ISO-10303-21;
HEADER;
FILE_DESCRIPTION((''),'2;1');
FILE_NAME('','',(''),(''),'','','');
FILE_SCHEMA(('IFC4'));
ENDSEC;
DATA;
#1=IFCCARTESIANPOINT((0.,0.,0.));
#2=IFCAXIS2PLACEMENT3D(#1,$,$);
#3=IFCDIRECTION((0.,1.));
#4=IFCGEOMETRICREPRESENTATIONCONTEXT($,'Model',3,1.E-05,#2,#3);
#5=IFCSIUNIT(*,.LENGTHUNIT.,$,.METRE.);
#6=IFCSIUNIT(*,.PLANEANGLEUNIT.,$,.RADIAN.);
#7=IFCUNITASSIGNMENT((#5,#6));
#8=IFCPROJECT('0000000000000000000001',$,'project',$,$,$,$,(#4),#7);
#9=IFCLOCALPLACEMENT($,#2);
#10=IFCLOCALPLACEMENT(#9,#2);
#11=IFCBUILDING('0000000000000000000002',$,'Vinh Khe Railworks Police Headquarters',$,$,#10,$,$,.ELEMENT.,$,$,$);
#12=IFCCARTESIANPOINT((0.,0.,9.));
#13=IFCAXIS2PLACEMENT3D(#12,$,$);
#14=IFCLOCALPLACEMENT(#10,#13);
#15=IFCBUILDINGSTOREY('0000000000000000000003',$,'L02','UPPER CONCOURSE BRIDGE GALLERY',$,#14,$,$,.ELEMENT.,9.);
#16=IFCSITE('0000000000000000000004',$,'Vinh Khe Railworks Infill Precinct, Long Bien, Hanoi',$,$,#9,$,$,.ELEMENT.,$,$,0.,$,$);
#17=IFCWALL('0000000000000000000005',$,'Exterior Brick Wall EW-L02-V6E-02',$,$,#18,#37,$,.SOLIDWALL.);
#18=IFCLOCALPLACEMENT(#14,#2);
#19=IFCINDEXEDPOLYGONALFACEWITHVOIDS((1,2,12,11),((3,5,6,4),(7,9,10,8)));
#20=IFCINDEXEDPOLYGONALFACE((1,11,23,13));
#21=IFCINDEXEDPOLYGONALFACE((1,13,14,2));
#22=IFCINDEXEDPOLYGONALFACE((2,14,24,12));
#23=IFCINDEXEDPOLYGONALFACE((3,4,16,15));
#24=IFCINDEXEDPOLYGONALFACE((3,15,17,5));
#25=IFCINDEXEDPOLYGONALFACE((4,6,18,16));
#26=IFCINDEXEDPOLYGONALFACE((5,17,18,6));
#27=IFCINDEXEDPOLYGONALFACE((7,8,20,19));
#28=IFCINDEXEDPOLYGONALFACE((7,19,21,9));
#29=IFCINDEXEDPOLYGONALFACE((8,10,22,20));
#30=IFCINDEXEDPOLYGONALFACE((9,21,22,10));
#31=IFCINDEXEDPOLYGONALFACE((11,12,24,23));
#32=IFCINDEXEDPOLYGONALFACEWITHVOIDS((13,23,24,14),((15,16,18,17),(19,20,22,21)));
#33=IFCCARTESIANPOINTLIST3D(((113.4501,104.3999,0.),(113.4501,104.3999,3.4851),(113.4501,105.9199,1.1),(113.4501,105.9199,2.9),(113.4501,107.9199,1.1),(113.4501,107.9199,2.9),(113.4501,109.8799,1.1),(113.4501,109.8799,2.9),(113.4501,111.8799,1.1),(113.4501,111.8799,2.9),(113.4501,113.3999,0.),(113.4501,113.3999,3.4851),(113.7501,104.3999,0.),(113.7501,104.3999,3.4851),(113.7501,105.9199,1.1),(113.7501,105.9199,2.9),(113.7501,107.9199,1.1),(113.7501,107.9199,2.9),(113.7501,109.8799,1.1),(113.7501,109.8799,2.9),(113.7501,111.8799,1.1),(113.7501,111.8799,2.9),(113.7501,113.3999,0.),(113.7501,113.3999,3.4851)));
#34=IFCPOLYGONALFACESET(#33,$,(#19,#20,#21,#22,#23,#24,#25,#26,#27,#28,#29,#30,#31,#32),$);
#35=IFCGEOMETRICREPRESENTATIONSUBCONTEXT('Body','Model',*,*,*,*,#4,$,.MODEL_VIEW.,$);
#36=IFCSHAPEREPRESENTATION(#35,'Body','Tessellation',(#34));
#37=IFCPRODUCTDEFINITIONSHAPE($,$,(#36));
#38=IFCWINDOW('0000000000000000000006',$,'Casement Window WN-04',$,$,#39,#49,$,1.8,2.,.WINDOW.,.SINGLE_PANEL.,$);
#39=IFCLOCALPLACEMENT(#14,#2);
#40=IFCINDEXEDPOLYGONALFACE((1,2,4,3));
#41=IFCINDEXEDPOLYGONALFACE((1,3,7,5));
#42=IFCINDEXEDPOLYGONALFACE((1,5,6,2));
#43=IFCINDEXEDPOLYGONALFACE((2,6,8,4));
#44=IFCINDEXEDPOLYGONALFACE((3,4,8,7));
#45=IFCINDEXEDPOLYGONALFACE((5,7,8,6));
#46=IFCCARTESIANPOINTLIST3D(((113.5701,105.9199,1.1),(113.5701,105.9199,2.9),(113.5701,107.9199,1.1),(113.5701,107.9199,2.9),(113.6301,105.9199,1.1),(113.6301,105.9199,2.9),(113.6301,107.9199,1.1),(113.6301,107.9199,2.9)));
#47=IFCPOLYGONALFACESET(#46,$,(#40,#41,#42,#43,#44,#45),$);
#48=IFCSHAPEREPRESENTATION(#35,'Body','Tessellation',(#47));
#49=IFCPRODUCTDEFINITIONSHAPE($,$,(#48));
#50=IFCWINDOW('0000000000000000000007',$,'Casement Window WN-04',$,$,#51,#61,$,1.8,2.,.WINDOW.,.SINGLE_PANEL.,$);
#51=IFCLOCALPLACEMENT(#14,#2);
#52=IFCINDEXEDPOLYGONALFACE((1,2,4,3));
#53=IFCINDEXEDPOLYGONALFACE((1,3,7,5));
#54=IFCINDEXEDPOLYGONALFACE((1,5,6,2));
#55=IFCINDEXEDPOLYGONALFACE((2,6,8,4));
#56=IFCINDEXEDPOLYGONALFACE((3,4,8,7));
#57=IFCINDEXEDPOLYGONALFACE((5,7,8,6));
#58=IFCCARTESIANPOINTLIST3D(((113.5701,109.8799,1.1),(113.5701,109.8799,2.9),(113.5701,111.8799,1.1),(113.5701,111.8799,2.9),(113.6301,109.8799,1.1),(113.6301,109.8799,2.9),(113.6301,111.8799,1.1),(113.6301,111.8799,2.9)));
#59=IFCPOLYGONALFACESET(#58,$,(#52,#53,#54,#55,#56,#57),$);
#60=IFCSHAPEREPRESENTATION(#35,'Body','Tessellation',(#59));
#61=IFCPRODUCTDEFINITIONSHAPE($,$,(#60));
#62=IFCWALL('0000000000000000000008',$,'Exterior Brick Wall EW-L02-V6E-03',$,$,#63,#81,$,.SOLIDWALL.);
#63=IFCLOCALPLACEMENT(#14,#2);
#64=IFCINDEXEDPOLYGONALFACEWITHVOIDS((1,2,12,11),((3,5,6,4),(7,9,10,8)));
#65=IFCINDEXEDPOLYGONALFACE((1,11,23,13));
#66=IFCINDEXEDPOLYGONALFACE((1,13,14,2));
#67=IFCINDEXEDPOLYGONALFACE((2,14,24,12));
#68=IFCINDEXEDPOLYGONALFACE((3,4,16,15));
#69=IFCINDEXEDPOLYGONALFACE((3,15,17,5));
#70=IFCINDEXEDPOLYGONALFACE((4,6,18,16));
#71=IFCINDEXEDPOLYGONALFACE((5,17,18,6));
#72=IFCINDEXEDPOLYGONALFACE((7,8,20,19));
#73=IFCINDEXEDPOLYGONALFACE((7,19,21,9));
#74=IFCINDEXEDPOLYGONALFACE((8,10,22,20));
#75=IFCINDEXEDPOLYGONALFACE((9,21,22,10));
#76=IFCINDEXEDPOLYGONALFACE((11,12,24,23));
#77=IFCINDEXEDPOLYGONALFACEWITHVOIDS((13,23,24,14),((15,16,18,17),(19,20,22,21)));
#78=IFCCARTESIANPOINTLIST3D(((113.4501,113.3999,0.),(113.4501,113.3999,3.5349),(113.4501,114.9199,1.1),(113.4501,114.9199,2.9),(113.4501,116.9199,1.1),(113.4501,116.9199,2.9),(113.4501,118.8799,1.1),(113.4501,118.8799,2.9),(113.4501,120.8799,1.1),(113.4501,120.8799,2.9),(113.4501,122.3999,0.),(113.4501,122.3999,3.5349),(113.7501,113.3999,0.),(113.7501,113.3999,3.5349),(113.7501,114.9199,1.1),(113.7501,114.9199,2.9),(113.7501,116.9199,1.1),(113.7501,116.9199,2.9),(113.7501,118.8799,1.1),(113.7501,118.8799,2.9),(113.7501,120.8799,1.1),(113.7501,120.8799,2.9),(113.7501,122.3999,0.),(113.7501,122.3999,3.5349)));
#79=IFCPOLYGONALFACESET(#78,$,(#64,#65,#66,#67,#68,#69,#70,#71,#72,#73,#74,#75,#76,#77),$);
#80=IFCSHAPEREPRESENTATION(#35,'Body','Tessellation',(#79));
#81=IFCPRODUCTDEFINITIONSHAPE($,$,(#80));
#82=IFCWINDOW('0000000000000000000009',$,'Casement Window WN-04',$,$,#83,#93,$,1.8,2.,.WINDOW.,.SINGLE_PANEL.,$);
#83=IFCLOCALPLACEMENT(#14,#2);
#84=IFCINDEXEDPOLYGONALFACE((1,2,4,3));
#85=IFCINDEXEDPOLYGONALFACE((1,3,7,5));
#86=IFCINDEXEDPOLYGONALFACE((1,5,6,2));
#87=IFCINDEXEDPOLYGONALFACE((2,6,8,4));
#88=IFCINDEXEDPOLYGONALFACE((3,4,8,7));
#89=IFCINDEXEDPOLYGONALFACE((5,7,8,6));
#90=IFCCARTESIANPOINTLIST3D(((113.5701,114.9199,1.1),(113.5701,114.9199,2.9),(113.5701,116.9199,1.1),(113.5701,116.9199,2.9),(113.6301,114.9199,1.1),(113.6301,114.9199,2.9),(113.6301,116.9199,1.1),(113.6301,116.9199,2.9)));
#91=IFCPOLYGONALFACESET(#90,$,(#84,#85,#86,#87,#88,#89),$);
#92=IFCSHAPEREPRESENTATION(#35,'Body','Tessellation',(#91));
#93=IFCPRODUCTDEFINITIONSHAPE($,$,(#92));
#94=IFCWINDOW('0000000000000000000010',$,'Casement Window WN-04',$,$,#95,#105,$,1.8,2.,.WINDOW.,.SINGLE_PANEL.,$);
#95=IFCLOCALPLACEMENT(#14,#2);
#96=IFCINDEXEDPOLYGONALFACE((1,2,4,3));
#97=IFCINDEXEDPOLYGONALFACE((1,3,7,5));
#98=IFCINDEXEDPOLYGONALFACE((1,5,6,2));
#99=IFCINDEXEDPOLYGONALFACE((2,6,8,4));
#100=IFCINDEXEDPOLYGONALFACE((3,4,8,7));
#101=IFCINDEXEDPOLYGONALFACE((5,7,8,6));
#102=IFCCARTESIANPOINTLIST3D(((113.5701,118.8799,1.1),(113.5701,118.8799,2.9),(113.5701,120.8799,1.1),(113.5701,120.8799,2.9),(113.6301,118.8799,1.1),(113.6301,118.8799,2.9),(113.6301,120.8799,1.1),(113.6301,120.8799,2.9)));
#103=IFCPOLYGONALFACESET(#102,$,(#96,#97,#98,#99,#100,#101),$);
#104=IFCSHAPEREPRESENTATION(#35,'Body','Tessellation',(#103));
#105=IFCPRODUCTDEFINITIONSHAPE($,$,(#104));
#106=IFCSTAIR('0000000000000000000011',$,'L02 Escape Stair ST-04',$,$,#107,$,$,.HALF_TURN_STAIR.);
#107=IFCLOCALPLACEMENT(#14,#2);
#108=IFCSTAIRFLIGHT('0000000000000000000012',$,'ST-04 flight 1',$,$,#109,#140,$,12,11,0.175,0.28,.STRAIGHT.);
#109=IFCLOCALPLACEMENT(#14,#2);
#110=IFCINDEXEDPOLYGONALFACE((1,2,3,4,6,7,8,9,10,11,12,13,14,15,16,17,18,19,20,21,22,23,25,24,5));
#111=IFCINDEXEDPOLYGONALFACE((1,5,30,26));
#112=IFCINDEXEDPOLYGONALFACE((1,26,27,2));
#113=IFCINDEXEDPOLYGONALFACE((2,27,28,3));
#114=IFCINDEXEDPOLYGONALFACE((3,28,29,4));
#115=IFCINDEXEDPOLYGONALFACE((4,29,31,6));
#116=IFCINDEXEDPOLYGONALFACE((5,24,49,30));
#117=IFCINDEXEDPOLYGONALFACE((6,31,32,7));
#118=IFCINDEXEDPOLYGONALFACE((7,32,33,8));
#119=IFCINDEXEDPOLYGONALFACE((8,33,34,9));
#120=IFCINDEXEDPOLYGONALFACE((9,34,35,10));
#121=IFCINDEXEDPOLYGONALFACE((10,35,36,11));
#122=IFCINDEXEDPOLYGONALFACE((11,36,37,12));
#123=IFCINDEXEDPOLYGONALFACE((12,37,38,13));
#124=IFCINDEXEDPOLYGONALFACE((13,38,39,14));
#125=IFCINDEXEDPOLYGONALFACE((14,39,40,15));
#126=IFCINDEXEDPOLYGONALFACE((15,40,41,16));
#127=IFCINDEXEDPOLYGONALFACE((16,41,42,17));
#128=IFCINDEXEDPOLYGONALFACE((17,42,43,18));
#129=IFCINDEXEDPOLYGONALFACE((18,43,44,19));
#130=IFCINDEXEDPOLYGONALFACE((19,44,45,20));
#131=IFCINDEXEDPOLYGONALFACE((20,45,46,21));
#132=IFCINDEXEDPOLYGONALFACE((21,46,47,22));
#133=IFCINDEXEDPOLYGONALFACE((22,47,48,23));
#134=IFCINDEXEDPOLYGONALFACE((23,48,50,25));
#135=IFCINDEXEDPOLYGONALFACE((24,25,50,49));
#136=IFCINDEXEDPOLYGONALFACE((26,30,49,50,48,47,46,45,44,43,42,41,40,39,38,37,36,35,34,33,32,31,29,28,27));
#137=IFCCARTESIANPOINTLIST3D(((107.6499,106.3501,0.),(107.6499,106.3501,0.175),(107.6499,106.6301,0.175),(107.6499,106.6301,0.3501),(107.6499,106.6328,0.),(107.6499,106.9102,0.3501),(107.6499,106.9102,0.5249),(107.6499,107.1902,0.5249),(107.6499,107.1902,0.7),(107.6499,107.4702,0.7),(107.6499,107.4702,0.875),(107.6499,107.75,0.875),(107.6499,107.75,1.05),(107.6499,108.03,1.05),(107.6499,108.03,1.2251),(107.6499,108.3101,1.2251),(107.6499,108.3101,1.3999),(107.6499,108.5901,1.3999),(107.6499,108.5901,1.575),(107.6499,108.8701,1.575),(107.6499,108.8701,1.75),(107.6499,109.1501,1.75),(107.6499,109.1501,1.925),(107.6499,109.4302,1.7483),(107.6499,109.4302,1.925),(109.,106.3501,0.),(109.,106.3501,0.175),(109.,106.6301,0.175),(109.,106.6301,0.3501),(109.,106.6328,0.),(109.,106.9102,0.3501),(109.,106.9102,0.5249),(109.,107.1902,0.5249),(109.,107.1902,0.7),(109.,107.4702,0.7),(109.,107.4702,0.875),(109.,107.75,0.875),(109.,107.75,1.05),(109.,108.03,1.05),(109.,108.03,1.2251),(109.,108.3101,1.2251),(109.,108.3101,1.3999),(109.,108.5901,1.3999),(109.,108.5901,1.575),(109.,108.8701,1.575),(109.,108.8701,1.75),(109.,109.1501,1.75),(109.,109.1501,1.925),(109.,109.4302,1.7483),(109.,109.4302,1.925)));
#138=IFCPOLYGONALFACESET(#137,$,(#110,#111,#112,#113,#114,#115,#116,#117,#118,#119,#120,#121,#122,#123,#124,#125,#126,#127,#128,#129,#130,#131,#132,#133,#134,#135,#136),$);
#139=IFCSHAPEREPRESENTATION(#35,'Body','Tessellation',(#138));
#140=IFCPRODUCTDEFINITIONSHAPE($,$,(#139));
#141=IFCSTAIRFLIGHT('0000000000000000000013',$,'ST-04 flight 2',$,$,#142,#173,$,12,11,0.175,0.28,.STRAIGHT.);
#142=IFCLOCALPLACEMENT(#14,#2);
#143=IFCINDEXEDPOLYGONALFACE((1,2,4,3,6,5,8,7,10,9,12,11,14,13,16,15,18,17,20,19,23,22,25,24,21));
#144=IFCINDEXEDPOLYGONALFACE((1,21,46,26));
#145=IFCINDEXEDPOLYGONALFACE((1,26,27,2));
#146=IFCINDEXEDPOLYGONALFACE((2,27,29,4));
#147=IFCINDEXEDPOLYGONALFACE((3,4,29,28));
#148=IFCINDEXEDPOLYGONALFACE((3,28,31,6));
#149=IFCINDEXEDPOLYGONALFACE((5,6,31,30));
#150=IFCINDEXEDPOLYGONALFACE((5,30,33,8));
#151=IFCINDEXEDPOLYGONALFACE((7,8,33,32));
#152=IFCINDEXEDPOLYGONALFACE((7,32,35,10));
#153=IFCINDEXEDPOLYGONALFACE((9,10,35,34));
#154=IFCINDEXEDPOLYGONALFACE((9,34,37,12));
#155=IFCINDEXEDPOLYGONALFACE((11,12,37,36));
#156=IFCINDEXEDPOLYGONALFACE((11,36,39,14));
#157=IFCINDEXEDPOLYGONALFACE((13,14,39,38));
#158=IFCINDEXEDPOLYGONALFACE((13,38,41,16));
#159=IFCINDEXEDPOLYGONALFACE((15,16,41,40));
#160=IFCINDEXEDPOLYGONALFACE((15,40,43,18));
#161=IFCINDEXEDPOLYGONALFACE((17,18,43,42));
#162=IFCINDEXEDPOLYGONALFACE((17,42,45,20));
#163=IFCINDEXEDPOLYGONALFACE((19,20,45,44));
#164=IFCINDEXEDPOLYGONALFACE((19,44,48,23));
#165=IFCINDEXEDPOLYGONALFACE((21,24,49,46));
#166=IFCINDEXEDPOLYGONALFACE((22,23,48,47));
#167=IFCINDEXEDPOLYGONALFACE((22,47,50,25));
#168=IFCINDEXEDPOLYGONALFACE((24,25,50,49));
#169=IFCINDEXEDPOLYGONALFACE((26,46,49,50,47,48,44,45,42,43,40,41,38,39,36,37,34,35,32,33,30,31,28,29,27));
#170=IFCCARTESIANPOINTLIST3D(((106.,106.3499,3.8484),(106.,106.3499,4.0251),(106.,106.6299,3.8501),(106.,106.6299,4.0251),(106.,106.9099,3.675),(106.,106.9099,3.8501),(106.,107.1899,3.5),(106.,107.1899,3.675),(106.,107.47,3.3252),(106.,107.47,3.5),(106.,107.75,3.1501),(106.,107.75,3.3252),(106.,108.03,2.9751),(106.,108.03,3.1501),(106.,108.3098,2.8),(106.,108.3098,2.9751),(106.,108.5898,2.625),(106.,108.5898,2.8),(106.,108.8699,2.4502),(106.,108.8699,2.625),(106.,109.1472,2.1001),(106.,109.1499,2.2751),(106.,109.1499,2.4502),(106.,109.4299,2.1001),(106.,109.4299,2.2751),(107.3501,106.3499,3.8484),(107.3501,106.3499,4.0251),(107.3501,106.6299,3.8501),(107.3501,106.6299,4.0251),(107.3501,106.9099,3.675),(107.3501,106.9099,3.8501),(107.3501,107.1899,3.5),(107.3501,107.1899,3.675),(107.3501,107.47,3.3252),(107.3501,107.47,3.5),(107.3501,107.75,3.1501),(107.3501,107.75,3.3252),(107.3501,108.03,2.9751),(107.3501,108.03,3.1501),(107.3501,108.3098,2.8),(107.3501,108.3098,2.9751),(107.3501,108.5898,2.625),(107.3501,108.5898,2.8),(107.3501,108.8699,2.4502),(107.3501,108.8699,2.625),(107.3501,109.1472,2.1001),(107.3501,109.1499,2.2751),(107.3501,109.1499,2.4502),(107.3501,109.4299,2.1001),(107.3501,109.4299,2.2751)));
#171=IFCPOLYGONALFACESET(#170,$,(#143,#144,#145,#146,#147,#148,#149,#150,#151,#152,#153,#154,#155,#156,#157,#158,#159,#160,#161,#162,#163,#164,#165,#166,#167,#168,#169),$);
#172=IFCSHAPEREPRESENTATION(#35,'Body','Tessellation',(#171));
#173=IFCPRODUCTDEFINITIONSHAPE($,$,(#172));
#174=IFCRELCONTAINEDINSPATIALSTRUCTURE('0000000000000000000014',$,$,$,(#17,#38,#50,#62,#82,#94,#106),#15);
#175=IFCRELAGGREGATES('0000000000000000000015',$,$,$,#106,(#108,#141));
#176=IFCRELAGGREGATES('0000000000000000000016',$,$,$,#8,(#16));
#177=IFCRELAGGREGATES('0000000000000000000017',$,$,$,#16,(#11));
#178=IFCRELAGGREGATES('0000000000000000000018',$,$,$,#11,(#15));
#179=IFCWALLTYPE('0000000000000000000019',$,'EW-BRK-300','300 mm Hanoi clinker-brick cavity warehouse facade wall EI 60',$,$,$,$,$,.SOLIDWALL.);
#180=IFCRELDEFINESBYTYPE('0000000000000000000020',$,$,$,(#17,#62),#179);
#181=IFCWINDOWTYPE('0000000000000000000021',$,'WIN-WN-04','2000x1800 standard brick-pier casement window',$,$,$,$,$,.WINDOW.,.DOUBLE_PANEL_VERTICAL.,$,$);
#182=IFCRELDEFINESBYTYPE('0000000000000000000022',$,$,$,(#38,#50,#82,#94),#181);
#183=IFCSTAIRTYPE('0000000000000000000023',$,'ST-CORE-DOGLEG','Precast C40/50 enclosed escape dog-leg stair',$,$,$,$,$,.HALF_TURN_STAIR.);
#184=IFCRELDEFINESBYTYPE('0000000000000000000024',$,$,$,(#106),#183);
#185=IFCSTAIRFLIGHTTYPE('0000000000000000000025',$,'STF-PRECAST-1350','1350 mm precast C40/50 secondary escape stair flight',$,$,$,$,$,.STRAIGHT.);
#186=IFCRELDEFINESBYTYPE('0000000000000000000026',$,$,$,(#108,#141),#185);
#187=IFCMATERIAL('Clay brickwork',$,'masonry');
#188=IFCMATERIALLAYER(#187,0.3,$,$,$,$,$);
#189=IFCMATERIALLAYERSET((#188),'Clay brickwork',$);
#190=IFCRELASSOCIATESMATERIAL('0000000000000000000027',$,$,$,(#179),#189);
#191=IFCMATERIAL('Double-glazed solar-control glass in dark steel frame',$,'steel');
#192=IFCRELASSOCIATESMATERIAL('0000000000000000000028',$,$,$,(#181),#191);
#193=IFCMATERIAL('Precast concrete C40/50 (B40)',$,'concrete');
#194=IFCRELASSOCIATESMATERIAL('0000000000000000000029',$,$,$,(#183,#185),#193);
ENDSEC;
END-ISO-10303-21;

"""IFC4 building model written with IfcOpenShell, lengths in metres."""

from ifc_helpers import new_model, si_unit, direction, frame, frame_2d, origin, place, context, subcontext, project, spatial, polyline, rectangle, outline, extrude, material, layer, layer_set, type_object, element, fill, aggregate, save


model = new_model("IFC4")

# Units and contexts
model_context = context("Model", 3, precision=1e-05, world=origin(), true_north=direction((0.0, 1.0)))
body_context = subcontext(model_context, "Body", "Model", "MODEL_VIEW")
ifc_project = project(units=[si_unit("LENGTHUNIT", "METRE"), si_unit("PLANEANGLEUNIT", "RADIAN")], contexts=[model_context])

# Site, building, storey
site_placement = place(None, origin())
site = spatial("IfcSite", under=ifc_project, at=site_placement, Name="Vinh Khe Railworks Infill Precinct, Long Bien, Hanoi", CompositionType="ELEMENT", RefElevation=0.0)
building_placement = place(site_placement, origin())
building = spatial("IfcBuilding", under=site, at=building_placement, Name="Vinh Khe Railworks Police Headquarters", CompositionType="ELEMENT")
storey_placement = place(building_placement, frame((0.0, 0.0, 9.0)))
storey = spatial("IfcBuildingStorey", under=building, at=storey_placement, Name="L02", Description="UPPER CONCOURSE BRIDGE GALLERY", CompositionType="ELEMENT", Elevation=9.0)

# Walls, openings, windows
ifc_material_1 = material(Name="Clay brickwork", Category="masonry")
ifc_layer_1 = layer(ifc_material_1, 0.3)
ifc_layer_set_1 = layer_set([ifc_layer_1], Name="Clay brickwork")
wall_type_1 = type_object("IfcWallType", Name="EW-BRK-300", Description="300 mm Hanoi clinker-brick cavity warehouse facade wall EI 60", PredefinedType="SOLIDWALL", material=ifc_layer_set_1)
wall_1_placement = place(storey_placement, frame((113.6001, 104.3999, 0.0), z_axis=(0.0, 0.0, 1.0), x_axis=(0.0, 1.0, 0.0)))
wall_1 = element("IfcWall", 1, at=wall_1_placement, inside=storey, type_object=wall_type_1, Name="Exterior Brick Wall EW-L02-V6E-02", PredefinedType="SOLIDWALL", context=body_context, shape_type="SweptSolid", body=[
    extrude(rectangle(XDim=9.0, YDim=0.3, at=frame_2d((4.5, 0.0))), origin(), (0.0, 0.0, 1.0), 3.4851),
])
opening_1_placement = place(wall_1_placement, frame((1.52, 0.0, 1.1001)))
opening_1 = element("IfcOpeningElement", 2, at=opening_1_placement, cuts=wall_1, PredefinedType="OPENING", context=body_context, shape_type="SweptSolid", body=[
    extrude(rectangle(XDim=2.0, YDim=1.8, at=frame_2d((1.0, 0.8999))), frame((0.0, 0.165, 0.0), z_axis=(0.0, -1.0, 0.0), x_axis=(1.0, 0.0, 0.0)), (0.0, 0.0, 1.0), 0.3298),
])
opening_2_placement = place(wall_1_placement, frame((5.48, 0.0, 1.1001)))
opening_2 = element("IfcOpeningElement", 3, at=opening_2_placement, cuts=wall_1, PredefinedType="OPENING", context=body_context, shape_type="SweptSolid", body=[
    extrude(rectangle(XDim=2.0, YDim=1.8, at=frame_2d((1.0, 0.8999))), frame((0.0, 0.165, 0.0), z_axis=(0.0, -1.0, 0.0), x_axis=(1.0, 0.0, 0.0)), (0.0, 0.0, 1.0), 0.3298),
])
ifc_material_2 = material(Name="Double-glazed solar-control glass in dark steel frame", Category="steel")
window_type = type_object("IfcWindowType", Name="WIN-WN-04", Description="2000x1800 standard brick-pier casement window", PartitioningType="DOUBLE_PANEL_VERTICAL", PredefinedType="WINDOW", material=ifc_material_2)
window_1_placement = place(opening_1_placement, origin())
window_1 = element("IfcWindow", 4, at=window_1_placement, inside=storey, type_object=window_type, Name="Casement Window WN-04", OverallHeight=1.8, OverallWidth=2.0, PartitioningType="SINGLE_PANEL", PredefinedType="WINDOW", context=body_context, shape_type="SweptSolid", body=[
    extrude(rectangle(XDim=2.0, YDim=1.8, at=frame_2d((1.0, 0.8999))), frame((0.0, 0.03, 0.0), z_axis=(0.0, -1.0, 0.0), x_axis=(1.0, 0.0, 0.0)), (0.0, 0.0, 1.0), 0.0601),
])
fill(opening_1, window_1)
window_2_placement = place(opening_2_placement, origin())
window_2 = element("IfcWindow", 5, at=window_2_placement, inside=storey, type_object=window_type, Name="Casement Window WN-04", OverallHeight=1.8, OverallWidth=2.0, PartitioningType="SINGLE_PANEL", PredefinedType="WINDOW", context=body_context, shape_type="SweptSolid", body=[
    extrude(rectangle(XDim=2.0, YDim=1.8, at=frame_2d((1.0, 0.8999))), frame((0.0, 0.03, 0.0), z_axis=(0.0, -1.0, 0.0), x_axis=(1.0, 0.0, 0.0)), (0.0, 0.0, 1.0), 0.0601),
])
fill(opening_2, window_2)
wall_2_placement = place(storey_placement, frame((113.6001, 113.3999, 0.0), z_axis=(0.0, 0.0, 1.0), x_axis=(0.0, 1.0, 0.0)))
wall_2 = element("IfcWall", 6, at=wall_2_placement, inside=storey, type_object=wall_type_1, Name="Exterior Brick Wall EW-L02-V6E-03", PredefinedType="SOLIDWALL", context=body_context, shape_type="SweptSolid", body=[
    extrude(rectangle(XDim=9.0, YDim=0.3, at=frame_2d((4.5, 0.0))), origin(), (0.0, 0.0, 1.0), 3.5349),
])
opening_3_placement = place(wall_2_placement, frame((1.52, 0.0, 1.1001)))
opening_3 = element("IfcOpeningElement", 7, at=opening_3_placement, cuts=wall_2, PredefinedType="OPENING", context=body_context, shape_type="SweptSolid", body=[
    extrude(rectangle(XDim=2.0, YDim=1.8, at=frame_2d((1.0, 0.8999))), frame((0.0, 0.165, 0.0), z_axis=(0.0, -1.0, 0.0), x_axis=(1.0, 0.0, 0.0)), (0.0, 0.0, 1.0), 0.3298),
])
opening_4_placement = place(wall_2_placement, frame((5.48, 0.0, 1.1001)))
opening_4 = element("IfcOpeningElement", 8, at=opening_4_placement, cuts=wall_2, PredefinedType="OPENING", context=body_context, shape_type="SweptSolid", body=[
    extrude(rectangle(XDim=2.0, YDim=1.8, at=frame_2d((1.0, 0.8999))), frame((0.0, 0.165, 0.0), z_axis=(0.0, -1.0, 0.0), x_axis=(1.0, 0.0, 0.0)), (0.0, 0.0, 1.0), 0.3298),
])
window_3_placement = place(opening_3_placement, origin())
window_3 = element("IfcWindow", 9, at=window_3_placement, inside=storey, type_object=window_type, Name="Casement Window WN-04", OverallHeight=1.8, OverallWidth=2.0, PartitioningType="SINGLE_PANEL", PredefinedType="WINDOW", context=body_context, shape_type="SweptSolid", body=[
    extrude(rectangle(XDim=2.0, YDim=1.8, at=frame_2d((1.0, 0.8999))), frame((0.0, 0.03, 0.0), z_axis=(0.0, -1.0, 0.0), x_axis=(1.0, 0.0, 0.0)), (0.0, 0.0, 1.0), 0.0601),
])
fill(opening_3, window_3)
window_4_placement = place(opening_4_placement, origin())
window_4 = element("IfcWindow", 10, at=window_4_placement, inside=storey, type_object=window_type, Name="Casement Window WN-04", OverallHeight=1.8, OverallWidth=2.0, PartitioningType="SINGLE_PANEL", PredefinedType="WINDOW", context=body_context, shape_type="SweptSolid", body=[
    extrude(rectangle(XDim=2.0, YDim=1.8, at=frame_2d((1.0, 0.8999))), frame((0.0, 0.03, 0.0), z_axis=(0.0, -1.0, 0.0), x_axis=(1.0, 0.0, 0.0)), (0.0, 0.0, 1.0), 0.0601),
])
fill(opening_4, window_4)

# Stair, stair flights
ifc_material_3 = material(Name="Precast concrete C40/50 (B40)", Category="concrete")
stair_type = type_object("IfcStairType", Name="ST-CORE-DOGLEG", Description="Precast C40/50 enclosed escape dog-leg stair", PredefinedType="HALF_TURN_STAIR", material=ifc_material_3)
stair_placement = place(storey_placement, origin())
stair = element("IfcStair", 11, at=stair_placement, inside=storey, type_object=stair_type, Name="L02 Escape Stair ST-04", PredefinedType="HALF_TURN_STAIR")
stair_flight_type = type_object("IfcStairFlightType", Name="STF-PRECAST-1350", Description="1350 mm precast C40/50 secondary escape stair flight", PredefinedType="STRAIGHT", material=ifc_material_3)
stair_flight_1_placement = place(storey_placement, frame((108.325, 106.3501, 0.0), z_axis=(0.0, 0.0, 1.0), x_axis=(0.0, 1.0, 0.0)))
stair_flight_1 = element("IfcStairFlight", 12, at=stair_flight_1_placement, type_object=stair_flight_type, Name="ST-04 flight 1", NumberOfRisers=12, NumberOfTreads=11, PredefinedType="STRAIGHT", RiserHeight=0.175, TreadLength=0.28, context=body_context, shape_type="SweptSolid", body=[
    extrude(outline(polyline([(0.0, 0.0), (0.0, 0.175), (0.28, 0.175), (0.28, 0.3501), (0.5601, 0.3501), (0.5601, 0.5249), (0.8401, 0.5249), (0.8401, 0.7), (1.1201, 0.7), (1.1201, 0.875), (1.3999, 0.875), (1.3999, 1.05), (1.6799, 1.05), (1.6799, 1.2251), (1.96, 1.2251), (1.96, 1.3999), (2.24, 1.3999), (2.24, 1.575), (2.52, 1.575), (2.52, 1.75), (2.8, 1.75), (2.8, 1.925), (3.0801, 1.925), (3.0801, 2.1001), (3.0801, 1.7483), (0.2827, 0.0), (0.0, 0.0)])), frame((0.0, 0.675, 0.0), z_axis=(0.0, -1.0, 0.0), x_axis=(1.0, 0.0, 0.0)), (0.0, 0.0, 1.0), 1.3501),
])
stair_flight_2_placement = place(storey_placement, frame((106.675, 109.4299, 2.1001), z_axis=(0.0, 0.0, 1.0), x_axis=(0.0, -1.0, 0.0)))
stair_flight_2 = element("IfcStairFlight", 13, at=stair_flight_2_placement, type_object=stair_flight_type, Name="ST-04 flight 2", NumberOfRisers=12, NumberOfTreads=11, PredefinedType="STRAIGHT", RiserHeight=0.175, TreadLength=0.28, context=body_context, shape_type="SweptSolid", body=[
    extrude(outline(polyline([(0.0, 0.0), (0.0, 0.175), (0.28, 0.175), (0.28, 0.3501), (0.5601, 0.3501), (0.5601, 0.5249), (0.8401, 0.5249), (0.8401, 0.7), (1.1201, 0.7), (1.1201, 0.875), (1.3999, 0.875), (1.3999, 1.05), (1.6799, 1.05), (1.6799, 1.2251), (1.96, 1.2251), (1.96, 1.3999), (2.24, 1.3999), (2.24, 1.575), (2.52, 1.575), (2.52, 1.75), (2.8, 1.75), (2.8, 1.925), (3.0801, 1.925), (3.0801, 2.1001), (3.0801, 1.7483), (0.2827, 0.0), (0.0, 0.0)])), frame((0.0, 0.675, 0.0), z_axis=(0.0, -1.0, 0.0), x_axis=(1.0, 0.0, 0.0)), (0.0, 0.0, 1.0), 1.3501),
])
aggregate(stair, [stair_flight_1, stair_flight_2])

save(model, "model.ifc")
